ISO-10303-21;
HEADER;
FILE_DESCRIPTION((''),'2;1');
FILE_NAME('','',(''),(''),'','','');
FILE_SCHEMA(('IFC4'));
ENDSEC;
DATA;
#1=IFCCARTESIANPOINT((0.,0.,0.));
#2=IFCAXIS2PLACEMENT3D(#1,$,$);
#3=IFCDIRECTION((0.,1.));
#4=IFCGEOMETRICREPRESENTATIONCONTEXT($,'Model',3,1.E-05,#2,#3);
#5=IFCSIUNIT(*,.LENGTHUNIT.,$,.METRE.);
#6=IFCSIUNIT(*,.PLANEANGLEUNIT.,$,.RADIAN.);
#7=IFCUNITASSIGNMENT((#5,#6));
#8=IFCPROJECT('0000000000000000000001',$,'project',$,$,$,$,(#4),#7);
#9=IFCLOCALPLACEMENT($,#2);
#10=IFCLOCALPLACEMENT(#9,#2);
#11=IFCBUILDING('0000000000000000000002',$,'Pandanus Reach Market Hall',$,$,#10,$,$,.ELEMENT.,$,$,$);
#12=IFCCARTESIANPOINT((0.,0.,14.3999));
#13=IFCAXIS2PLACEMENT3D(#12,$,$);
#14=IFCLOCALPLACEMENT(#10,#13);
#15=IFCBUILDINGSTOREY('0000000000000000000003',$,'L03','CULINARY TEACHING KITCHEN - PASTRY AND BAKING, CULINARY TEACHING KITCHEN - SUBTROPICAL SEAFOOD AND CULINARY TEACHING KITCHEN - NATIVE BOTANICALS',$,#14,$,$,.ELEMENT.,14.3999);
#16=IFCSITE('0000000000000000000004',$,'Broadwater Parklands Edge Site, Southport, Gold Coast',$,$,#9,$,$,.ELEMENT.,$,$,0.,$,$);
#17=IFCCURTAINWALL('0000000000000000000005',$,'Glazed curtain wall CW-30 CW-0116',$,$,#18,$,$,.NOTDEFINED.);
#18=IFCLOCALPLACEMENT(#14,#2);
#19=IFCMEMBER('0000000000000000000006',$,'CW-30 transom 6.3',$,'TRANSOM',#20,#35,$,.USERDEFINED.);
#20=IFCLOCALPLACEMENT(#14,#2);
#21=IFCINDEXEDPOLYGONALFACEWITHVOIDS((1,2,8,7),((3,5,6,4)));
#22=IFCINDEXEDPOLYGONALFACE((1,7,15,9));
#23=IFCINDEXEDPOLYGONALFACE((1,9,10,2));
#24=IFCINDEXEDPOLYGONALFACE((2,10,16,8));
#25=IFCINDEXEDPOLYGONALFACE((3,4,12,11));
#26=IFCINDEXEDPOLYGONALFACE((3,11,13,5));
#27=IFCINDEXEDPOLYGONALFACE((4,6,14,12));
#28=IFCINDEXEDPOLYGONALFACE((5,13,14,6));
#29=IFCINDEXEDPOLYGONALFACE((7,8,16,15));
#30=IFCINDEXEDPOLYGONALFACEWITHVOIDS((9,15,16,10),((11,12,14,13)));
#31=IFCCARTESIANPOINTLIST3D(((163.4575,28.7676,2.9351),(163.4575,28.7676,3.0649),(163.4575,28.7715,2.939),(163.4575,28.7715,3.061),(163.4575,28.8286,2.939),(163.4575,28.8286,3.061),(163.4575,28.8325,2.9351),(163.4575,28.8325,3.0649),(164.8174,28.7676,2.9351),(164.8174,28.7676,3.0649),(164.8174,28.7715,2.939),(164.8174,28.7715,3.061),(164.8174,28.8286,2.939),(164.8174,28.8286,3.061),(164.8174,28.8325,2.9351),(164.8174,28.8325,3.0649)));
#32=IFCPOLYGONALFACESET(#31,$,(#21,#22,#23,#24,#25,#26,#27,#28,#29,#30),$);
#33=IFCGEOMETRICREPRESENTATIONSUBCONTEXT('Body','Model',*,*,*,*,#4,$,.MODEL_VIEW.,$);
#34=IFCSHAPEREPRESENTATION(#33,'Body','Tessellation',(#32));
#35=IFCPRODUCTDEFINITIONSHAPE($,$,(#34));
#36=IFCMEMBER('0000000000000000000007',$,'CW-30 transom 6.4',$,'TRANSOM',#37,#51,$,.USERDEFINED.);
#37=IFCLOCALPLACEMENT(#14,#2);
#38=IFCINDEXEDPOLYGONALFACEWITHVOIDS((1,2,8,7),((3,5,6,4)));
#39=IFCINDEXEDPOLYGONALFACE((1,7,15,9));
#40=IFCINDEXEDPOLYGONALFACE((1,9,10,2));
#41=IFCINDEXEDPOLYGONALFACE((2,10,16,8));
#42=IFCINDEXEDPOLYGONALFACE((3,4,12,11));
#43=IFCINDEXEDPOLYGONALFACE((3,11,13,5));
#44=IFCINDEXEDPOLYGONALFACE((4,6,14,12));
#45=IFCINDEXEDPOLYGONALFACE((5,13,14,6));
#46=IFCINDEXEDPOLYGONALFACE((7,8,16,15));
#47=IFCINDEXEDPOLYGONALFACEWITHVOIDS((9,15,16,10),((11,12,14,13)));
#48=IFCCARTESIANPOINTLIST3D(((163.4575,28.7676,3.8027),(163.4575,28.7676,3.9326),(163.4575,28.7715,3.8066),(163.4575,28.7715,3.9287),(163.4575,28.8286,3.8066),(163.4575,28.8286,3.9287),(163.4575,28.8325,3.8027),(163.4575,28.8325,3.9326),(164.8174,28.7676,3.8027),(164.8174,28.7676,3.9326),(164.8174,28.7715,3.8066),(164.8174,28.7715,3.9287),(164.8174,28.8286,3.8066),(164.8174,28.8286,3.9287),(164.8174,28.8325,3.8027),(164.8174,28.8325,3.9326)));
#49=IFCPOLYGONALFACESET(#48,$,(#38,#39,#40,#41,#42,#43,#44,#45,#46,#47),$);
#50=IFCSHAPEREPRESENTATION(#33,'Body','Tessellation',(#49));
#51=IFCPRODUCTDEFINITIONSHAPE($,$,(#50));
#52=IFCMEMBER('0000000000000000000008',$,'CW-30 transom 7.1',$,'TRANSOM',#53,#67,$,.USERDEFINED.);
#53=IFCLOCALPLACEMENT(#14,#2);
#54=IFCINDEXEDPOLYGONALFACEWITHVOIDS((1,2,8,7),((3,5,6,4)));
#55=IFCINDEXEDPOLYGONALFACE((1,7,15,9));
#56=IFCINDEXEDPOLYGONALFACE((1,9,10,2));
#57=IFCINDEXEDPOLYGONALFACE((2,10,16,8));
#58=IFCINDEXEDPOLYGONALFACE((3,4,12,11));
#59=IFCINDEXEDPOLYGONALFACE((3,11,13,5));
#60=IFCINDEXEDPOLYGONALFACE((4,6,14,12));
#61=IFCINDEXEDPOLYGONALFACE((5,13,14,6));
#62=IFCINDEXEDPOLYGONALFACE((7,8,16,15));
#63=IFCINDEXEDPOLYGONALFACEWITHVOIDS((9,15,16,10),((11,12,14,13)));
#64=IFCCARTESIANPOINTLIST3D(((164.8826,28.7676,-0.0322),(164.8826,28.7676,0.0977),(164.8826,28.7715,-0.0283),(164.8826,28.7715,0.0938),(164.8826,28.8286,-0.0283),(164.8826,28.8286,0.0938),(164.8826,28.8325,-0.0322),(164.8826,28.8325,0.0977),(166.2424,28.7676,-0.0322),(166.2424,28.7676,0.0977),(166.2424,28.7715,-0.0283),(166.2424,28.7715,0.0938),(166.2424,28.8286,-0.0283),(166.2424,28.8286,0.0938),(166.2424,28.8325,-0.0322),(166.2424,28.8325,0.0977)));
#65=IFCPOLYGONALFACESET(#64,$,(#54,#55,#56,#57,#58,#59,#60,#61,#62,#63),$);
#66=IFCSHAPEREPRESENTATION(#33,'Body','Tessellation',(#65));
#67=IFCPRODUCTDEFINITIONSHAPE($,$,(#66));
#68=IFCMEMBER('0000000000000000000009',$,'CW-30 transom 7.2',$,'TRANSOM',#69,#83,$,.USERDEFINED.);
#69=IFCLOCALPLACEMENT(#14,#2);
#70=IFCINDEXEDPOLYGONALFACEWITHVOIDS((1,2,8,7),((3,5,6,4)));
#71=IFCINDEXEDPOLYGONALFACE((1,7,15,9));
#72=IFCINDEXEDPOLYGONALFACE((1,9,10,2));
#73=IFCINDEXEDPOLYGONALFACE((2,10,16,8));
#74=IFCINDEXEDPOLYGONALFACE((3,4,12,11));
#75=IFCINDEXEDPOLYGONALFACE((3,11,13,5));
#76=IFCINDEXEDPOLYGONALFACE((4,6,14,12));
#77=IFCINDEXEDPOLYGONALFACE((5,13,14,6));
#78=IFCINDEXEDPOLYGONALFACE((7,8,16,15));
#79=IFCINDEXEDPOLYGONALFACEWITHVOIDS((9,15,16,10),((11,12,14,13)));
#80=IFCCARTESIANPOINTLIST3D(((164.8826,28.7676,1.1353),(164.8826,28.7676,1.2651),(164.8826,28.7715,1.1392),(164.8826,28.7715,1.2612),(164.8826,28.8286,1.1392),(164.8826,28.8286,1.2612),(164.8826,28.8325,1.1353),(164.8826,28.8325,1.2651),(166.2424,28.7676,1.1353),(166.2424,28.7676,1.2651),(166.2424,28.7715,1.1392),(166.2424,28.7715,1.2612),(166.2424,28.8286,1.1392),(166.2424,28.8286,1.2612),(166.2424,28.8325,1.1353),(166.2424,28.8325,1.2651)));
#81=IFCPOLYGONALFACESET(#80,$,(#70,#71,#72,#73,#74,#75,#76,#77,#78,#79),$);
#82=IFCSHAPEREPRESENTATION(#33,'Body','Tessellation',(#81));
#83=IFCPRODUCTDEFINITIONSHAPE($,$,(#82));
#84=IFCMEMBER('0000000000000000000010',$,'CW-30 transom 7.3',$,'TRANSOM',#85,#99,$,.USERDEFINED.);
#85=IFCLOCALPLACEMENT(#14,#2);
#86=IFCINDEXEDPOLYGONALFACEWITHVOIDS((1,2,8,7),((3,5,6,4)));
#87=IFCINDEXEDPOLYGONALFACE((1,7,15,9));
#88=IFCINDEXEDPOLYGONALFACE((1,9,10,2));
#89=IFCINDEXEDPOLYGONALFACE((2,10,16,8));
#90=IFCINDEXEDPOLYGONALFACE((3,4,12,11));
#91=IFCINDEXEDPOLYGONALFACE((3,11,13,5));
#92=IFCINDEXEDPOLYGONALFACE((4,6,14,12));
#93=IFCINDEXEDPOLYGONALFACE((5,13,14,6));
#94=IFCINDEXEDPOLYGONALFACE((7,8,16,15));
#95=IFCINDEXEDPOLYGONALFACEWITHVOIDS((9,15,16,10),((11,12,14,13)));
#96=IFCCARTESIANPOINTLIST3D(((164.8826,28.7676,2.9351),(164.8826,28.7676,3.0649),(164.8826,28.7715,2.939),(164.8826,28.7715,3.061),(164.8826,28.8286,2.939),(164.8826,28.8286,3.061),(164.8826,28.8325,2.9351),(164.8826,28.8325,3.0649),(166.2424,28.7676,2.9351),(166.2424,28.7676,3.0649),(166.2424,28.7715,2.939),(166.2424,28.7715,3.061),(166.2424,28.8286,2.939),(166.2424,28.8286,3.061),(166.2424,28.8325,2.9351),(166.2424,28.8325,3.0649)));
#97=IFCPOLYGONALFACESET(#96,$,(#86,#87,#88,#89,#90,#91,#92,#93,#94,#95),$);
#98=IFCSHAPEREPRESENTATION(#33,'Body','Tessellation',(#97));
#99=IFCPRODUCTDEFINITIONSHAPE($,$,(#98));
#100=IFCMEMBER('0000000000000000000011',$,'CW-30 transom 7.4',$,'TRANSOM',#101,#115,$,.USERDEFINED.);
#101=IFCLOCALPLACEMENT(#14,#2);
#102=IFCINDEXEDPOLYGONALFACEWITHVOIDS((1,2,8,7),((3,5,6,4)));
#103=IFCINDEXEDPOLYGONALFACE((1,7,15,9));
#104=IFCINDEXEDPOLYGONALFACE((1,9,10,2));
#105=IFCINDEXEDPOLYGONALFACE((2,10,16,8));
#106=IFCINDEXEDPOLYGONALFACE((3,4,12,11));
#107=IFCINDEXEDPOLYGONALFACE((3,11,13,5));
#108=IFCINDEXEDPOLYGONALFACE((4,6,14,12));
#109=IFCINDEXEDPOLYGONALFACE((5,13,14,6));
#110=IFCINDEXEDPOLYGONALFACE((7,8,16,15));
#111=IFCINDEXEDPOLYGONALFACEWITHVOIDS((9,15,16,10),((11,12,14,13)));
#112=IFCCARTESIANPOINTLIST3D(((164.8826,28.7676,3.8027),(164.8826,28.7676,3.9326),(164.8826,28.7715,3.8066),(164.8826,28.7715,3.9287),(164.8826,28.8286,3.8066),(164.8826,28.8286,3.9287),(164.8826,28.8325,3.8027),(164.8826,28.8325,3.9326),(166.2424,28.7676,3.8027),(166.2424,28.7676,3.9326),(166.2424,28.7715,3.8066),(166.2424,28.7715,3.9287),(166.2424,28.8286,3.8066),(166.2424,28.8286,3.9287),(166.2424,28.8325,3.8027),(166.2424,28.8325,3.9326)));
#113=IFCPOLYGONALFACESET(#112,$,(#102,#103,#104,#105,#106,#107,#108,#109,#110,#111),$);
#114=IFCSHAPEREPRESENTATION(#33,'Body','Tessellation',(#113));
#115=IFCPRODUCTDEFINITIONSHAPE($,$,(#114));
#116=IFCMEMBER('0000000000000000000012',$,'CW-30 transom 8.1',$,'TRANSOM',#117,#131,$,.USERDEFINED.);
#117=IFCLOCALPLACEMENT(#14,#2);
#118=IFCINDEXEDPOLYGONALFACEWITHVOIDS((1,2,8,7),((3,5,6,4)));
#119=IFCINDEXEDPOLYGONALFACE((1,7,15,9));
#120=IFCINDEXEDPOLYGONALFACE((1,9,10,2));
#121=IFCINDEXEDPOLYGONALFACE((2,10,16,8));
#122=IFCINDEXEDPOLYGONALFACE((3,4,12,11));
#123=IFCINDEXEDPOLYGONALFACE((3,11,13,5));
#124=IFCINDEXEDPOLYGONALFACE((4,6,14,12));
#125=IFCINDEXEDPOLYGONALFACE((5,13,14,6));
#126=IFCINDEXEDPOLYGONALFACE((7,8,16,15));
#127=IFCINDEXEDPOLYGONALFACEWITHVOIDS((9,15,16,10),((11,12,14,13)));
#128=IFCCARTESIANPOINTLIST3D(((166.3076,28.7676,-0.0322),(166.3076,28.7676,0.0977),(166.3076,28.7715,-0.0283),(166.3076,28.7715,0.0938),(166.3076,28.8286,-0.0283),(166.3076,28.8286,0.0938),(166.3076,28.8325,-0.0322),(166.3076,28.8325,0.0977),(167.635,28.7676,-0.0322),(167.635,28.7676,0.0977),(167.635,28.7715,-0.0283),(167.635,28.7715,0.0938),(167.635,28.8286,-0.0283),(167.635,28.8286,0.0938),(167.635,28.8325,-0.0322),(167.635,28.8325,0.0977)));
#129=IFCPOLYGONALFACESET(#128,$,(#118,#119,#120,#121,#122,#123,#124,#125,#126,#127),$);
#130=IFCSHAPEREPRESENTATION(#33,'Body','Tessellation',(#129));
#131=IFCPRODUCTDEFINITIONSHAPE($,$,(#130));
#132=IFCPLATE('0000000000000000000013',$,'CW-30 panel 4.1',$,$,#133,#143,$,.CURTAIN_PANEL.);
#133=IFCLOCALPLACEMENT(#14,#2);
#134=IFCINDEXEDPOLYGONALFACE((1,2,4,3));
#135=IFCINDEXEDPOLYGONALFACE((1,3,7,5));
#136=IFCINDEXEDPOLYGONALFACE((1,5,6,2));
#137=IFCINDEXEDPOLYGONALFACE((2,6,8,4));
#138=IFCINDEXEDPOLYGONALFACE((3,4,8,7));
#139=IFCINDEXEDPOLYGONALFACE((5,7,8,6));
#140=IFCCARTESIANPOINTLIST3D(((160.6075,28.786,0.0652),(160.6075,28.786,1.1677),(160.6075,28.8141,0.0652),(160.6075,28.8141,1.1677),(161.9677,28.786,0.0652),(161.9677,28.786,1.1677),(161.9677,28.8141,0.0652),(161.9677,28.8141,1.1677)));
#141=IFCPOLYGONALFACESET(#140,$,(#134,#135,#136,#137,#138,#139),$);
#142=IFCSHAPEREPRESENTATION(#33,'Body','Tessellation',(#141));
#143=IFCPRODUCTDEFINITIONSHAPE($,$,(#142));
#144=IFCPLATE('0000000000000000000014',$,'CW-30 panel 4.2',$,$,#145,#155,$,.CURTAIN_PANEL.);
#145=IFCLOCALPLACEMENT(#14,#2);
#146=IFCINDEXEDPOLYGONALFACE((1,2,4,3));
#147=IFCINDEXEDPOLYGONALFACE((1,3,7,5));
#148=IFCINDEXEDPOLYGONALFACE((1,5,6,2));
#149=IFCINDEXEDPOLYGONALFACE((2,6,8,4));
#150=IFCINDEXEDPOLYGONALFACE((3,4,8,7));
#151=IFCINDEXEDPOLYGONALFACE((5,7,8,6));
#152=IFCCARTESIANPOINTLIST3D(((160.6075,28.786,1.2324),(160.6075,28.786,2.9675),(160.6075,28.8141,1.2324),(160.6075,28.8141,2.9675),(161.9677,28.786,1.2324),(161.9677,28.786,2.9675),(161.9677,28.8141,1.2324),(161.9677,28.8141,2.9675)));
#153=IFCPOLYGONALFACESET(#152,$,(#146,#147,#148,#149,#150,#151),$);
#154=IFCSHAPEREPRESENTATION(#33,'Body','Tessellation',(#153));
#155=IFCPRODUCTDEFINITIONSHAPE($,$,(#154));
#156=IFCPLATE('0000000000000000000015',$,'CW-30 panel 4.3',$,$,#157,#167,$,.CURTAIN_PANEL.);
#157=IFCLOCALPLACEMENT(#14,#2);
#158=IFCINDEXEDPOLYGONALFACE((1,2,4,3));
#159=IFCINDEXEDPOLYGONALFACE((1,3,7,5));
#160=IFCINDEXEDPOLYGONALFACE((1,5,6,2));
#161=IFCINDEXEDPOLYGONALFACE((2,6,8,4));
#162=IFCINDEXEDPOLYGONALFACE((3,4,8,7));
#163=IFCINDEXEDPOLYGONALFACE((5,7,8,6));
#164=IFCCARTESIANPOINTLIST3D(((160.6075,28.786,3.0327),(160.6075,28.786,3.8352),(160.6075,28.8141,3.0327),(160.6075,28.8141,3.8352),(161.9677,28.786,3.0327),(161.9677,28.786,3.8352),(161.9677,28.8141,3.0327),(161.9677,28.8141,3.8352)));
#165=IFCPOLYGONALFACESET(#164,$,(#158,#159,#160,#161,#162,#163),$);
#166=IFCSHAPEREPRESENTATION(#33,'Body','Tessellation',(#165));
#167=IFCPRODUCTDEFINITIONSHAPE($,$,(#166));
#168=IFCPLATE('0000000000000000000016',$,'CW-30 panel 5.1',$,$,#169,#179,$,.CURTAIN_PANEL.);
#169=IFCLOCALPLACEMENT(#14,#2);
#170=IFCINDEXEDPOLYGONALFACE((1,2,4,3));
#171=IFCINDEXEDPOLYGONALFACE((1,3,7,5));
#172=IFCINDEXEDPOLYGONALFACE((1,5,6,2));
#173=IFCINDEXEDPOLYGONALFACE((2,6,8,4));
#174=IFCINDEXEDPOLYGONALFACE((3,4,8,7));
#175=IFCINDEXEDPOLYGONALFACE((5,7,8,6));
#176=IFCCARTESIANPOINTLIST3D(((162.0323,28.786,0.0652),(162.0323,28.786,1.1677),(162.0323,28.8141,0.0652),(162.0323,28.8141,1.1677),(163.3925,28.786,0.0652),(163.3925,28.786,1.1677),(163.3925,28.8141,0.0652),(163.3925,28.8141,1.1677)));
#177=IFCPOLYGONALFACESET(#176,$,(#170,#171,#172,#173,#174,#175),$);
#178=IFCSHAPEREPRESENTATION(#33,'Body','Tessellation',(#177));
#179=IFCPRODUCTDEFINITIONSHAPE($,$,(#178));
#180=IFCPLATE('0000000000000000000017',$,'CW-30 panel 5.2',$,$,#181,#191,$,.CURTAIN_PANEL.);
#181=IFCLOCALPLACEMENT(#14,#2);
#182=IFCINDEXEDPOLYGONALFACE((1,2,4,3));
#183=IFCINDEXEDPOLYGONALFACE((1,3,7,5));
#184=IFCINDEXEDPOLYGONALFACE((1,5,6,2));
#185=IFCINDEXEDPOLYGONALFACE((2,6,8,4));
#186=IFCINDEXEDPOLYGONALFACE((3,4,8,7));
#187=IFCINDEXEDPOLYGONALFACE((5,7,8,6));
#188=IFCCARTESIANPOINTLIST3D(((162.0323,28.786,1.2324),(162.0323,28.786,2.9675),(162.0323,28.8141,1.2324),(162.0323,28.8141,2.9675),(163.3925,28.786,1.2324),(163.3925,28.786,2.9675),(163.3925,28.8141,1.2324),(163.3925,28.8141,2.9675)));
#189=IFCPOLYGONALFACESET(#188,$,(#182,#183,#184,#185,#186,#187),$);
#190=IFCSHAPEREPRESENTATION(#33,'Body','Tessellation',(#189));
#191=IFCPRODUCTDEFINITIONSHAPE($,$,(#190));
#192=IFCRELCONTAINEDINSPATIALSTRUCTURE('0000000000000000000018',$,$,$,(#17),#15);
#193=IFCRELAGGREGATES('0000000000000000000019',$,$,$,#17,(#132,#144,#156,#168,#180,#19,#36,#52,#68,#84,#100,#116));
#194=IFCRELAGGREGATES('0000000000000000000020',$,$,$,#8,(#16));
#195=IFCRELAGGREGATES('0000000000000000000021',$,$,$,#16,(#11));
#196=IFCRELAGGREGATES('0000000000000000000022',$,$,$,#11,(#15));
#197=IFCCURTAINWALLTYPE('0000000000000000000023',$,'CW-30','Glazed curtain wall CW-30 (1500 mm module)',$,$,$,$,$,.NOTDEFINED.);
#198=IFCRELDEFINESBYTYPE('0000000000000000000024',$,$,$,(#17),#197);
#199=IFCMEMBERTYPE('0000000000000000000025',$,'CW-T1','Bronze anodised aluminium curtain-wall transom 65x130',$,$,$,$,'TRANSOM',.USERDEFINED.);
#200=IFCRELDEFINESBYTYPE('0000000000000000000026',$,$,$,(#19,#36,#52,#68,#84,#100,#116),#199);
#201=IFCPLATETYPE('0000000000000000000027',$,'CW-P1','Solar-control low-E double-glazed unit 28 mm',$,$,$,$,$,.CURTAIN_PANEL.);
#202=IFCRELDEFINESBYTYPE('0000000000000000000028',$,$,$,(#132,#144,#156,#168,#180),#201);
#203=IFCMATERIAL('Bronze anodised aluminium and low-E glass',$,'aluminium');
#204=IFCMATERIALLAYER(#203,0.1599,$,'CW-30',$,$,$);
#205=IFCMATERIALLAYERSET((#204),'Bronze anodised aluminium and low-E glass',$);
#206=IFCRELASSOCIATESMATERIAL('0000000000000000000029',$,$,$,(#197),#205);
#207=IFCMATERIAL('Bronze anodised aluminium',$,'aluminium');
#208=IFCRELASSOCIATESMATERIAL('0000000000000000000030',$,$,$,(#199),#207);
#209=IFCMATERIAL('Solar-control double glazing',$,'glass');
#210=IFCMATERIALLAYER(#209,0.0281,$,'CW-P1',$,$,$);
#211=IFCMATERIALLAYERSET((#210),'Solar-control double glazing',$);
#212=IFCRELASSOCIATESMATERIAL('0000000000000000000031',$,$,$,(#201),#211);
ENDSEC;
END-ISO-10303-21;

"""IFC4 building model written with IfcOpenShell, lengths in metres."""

from ifc_helpers import new_model, si_unit, direction, frame, origin, origin_2d, place, context, subcontext, project, spatial, rectangle, hollow_rectangle, extrude, material, layer, layer_set, material_profile, profile_set, type_object, element, aggregate, save


model = new_model("IFC4")

# Units and contexts
model_context = context("Model", 3, precision=1e-05, world=origin(), true_north=direction((0.0, 1.0)))
body_context = subcontext(model_context, "Body", "Model", "MODEL_VIEW")
ifc_project = project(units=[si_unit("LENGTHUNIT", "METRE"), si_unit("PLANEANGLEUNIT", "RADIAN")], contexts=[model_context])

# Site, building, storey
site_placement = place(None, origin())
site = spatial("IfcSite", under=ifc_project, at=site_placement, Name="Broadwater Parklands Edge Site, Southport, Gold Coast", CompositionType="ELEMENT", RefElevation=0.0)
building_placement = place(site_placement, origin())
building = spatial("IfcBuilding", under=site, at=building_placement, Name="Pandanus Reach Market Hall", CompositionType="ELEMENT")
storey_placement = place(building_placement, frame((0.0, 0.0, 14.3999)))
storey = spatial("IfcBuildingStorey", under=building, at=storey_placement, Name="L03", Description="CULINARY TEACHING KITCHEN - PASTRY AND BAKING, CULINARY TEACHING KITCHEN - SUBTROPICAL SEAFOOD AND CULINARY TEACHING KITCHEN - NATIVE BOTANICALS", CompositionType="ELEMENT", Elevation=14.3999)

# Curtain wall, members, plates
ifc_material_1 = material(Name="Bronze anodised aluminium and low-E glass", Category="aluminium")
ifc_layer_1 = layer(ifc_material_1, 0.1599, Name="CW-30")
ifc_layer_set_1 = layer_set([ifc_layer_1], Name="Bronze anodised aluminium and low-E glass")
curtain_wall_type = type_object("IfcCurtainWallType", Name="CW-30", Description="Glazed curtain wall CW-30 (1500 mm module)", PredefinedType="NOTDEFINED", material=ifc_layer_set_1)
curtain_wall_placement = place(storey_placement, origin())
curtain_wall = element("IfcCurtainWall", 1, at=curtain_wall_placement, inside=storey, type_object=curtain_wall_type, Name="Glazed curtain wall CW-30 CW-0116", PredefinedType="NOTDEFINED")
ifc_material_2 = material(Name="Bronze anodised aluminium", Category="aluminium")
ifc_material_profile_1 = material_profile(ifc_material_2, hollow_rectangle(XDim=0.0649, YDim=0.1299, WallThickness=0.0039, at=origin_2d()), Name="ALU65x130", Category="LoadBearing")
ifc_profile_set_1 = profile_set([ifc_material_profile_1], Name="Bronze anodised aluminium")
member_type_1 = type_object("IfcMemberType", Name="CW-T1", Description="Bronze anodised aluminium curtain-wall transom 65x130", ElementType="TRANSOM", PredefinedType="USERDEFINED", material=ifc_profile_set_1)
member_1_placement = place(storey_placement, frame((163.4575, 28.8, 3.0), z_axis=(1.0, 0.0, 0.0), x_axis=(0.0, 1.0, 0.0)))
member_1 = element("IfcMember", 2, at=member_1_placement, type_object=member_type_1, Name="CW-30 transom 6.3", ObjectType="TRANSOM", PredefinedType="USERDEFINED", context=body_context, shape_type="SweptSolid", body=[
    extrude(hollow_rectangle(XDim=0.0649, YDim=0.1299, WallThickness=0.0039, at=origin_2d()), origin(), (0.0, 0.0, 1.0), 1.3599),
])
member_2_placement = place(storey_placement, frame((163.4575, 28.8, 3.8677), z_axis=(1.0, 0.0, 0.0), x_axis=(0.0, 1.0, 0.0)))
member_2 = element("IfcMember", 3, at=member_2_placement, type_object=member_type_1, Name="CW-30 transom 6.4", ObjectType="TRANSOM", PredefinedType="USERDEFINED", context=body_context, shape_type="SweptSolid", body=[
    extrude(hollow_rectangle(XDim=0.0649, YDim=0.1299, WallThickness=0.0039, at=origin_2d()), origin(), (0.0, 0.0, 1.0), 1.3599),
])
member_3_placement = place(storey_placement, frame((164.8826, 28.8, 0.0327), z_axis=(1.0, 0.0, 0.0), x_axis=(0.0, 1.0, 0.0)))
member_3 = element("IfcMember", 4, at=member_3_placement, type_object=member_type_1, Name="CW-30 transom 7.1", ObjectType="TRANSOM", PredefinedType="USERDEFINED", context=body_context, shape_type="SweptSolid", body=[
    extrude(hollow_rectangle(XDim=0.0649, YDim=0.1299, WallThickness=0.0039, at=origin_2d()), origin(), (0.0, 0.0, 1.0), 1.3599),
])
member_4_placement = place(storey_placement, frame((164.8826, 28.8, 1.2002), z_axis=(1.0, 0.0, 0.0), x_axis=(0.0, 1.0, 0.0)))
member_4 = element("IfcMember", 5, at=member_4_placement, type_object=member_type_1, Name="CW-30 transom 7.2", ObjectType="TRANSOM", PredefinedType="USERDEFINED", context=body_context, shape_type="SweptSolid", body=[
    extrude(hollow_rectangle(XDim=0.0649, YDim=0.1299, WallThickness=0.0039, at=origin_2d()), origin(), (0.0, 0.0, 1.0), 1.3599),
])
member_5_placement = place(storey_placement, frame((164.8826, 28.8, 3.0), z_axis=(1.0, 0.0, 0.0), x_axis=(0.0, 1.0, 0.0)))
member_5 = element("IfcMember", 6, at=member_5_placement, type_object=member_type_1, Name="CW-30 transom 7.3", ObjectType="TRANSOM", PredefinedType="USERDEFINED", context=body_context, shape_type="SweptSolid", body=[
    extrude(hollow_rectangle(XDim=0.0649, YDim=0.1299, WallThickness=0.0039, at=origin_2d()), origin(), (0.0, 0.0, 1.0), 1.3599),
])
member_6_placement = place(storey_placement, frame((164.8826, 28.8, 3.8677), z_axis=(1.0, 0.0, 0.0), x_axis=(0.0, 1.0, 0.0)))
member_6 = element("IfcMember", 7, at=member_6_placement, type_object=member_type_1, Name="CW-30 transom 7.4", ObjectType="TRANSOM", PredefinedType="USERDEFINED", context=body_context, shape_type="SweptSolid", body=[
    extrude(hollow_rectangle(XDim=0.0649, YDim=0.1299, WallThickness=0.0039, at=origin_2d()), origin(), (0.0, 0.0, 1.0), 1.3599),
])
member_7_placement = place(storey_placement, frame((166.3076, 28.8, 0.0327), z_axis=(1.0, 0.0, 0.0), x_axis=(0.0, 1.0, 0.0)))
member_7 = element("IfcMember", 8, at=member_7_placement, type_object=member_type_1, Name="CW-30 transom 8.1", ObjectType="TRANSOM", PredefinedType="USERDEFINED", context=body_context, shape_type="SweptSolid", body=[
    extrude(hollow_rectangle(XDim=0.0649, YDim=0.1299, WallThickness=0.0039, at=origin_2d()), origin(), (0.0, 0.0, 1.0), 1.3274),
])
ifc_material_3 = material(Name="Solar-control double glazing", Category="glass")
ifc_layer_2 = layer(ifc_material_3, 0.0281, Name="CW-P1")
ifc_layer_set_2 = layer_set([ifc_layer_2], Name="Solar-control double glazing")
plate_type = type_object("IfcPlateType", Name="CW-P1", Description="Solar-control low-E double-glazed unit 28 mm", PredefinedType="CURTAIN_PANEL", material=ifc_layer_set_2)
plate_1_placement = place(storey_placement, frame((161.2876, 28.8, 0.0652), z_axis=(0.0, 0.0, 1.0), x_axis=(1.0, 0.0, 0.0)))
plate_1 = element("IfcPlate", 9, at=plate_1_placement, type_object=plate_type, Name="CW-30 panel 4.1", PredefinedType="CURTAIN_PANEL", context=body_context, shape_type="SweptSolid", body=[
    extrude(rectangle(XDim=1.3601, YDim=0.0281, at=origin_2d()), origin(), (0.0, 0.0, 1.0), 1.1025),
])
plate_2_placement = place(storey_placement, frame((161.2876, 28.8, 1.2324), z_axis=(0.0, 0.0, 1.0), x_axis=(1.0, 0.0, 0.0)))
plate_2 = element("IfcPlate", 10, at=plate_2_placement, type_object=plate_type, Name="CW-30 panel 4.2", PredefinedType="CURTAIN_PANEL", context=body_context, shape_type="SweptSolid", body=[
    extrude(rectangle(XDim=1.3601, YDim=0.0281, at=origin_2d()), origin(), (0.0, 0.0, 1.0), 1.7351),
])
plate_3_placement = place(storey_placement, frame((161.2876, 28.8, 3.0327), z_axis=(0.0, 0.0, 1.0), x_axis=(1.0, 0.0, 0.0)))
plate_3 = element("IfcPlate", 11, at=plate_3_placement, type_object=plate_type, Name="CW-30 panel 4.3", PredefinedType="CURTAIN_PANEL", context=body_context, shape_type="SweptSolid", body=[
    extrude(rectangle(XDim=1.3601, YDim=0.0281, at=origin_2d()), origin(), (0.0, 0.0, 1.0), 0.8025),
])
plate_4_placement = place(storey_placement, frame((162.7124, 28.8, 0.0652), z_axis=(0.0, 0.0, 1.0), x_axis=(1.0, 0.0, 0.0)))
plate_4 = element("IfcPlate", 12, at=plate_4_placement, type_object=plate_type, Name="CW-30 panel 5.1", PredefinedType="CURTAIN_PANEL", context=body_context, shape_type="SweptSolid", body=[
    extrude(rectangle(XDim=1.3601, YDim=0.0281, at=origin_2d()), origin(), (0.0, 0.0, 1.0), 1.1025),
])
plate_5_placement = place(storey_placement, frame((162.7124, 28.8, 1.2324), z_axis=(0.0, 0.0, 1.0), x_axis=(1.0, 0.0, 0.0)))
plate_5 = element("IfcPlate", 13, at=plate_5_placement, type_object=plate_type, Name="CW-30 panel 5.2", PredefinedType="CURTAIN_PANEL", context=body_context, shape_type="SweptSolid", body=[
    extrude(rectangle(XDim=1.3601, YDim=0.0281, at=origin_2d()), origin(), (0.0, 0.0, 1.0), 1.7351),
])
aggregate(curtain_wall, [plate_1, plate_2, plate_3, plate_4, plate_5, member_1, member_2, member_3, member_4, member_5, member_6, member_7])

save(model, "model.ifc")
